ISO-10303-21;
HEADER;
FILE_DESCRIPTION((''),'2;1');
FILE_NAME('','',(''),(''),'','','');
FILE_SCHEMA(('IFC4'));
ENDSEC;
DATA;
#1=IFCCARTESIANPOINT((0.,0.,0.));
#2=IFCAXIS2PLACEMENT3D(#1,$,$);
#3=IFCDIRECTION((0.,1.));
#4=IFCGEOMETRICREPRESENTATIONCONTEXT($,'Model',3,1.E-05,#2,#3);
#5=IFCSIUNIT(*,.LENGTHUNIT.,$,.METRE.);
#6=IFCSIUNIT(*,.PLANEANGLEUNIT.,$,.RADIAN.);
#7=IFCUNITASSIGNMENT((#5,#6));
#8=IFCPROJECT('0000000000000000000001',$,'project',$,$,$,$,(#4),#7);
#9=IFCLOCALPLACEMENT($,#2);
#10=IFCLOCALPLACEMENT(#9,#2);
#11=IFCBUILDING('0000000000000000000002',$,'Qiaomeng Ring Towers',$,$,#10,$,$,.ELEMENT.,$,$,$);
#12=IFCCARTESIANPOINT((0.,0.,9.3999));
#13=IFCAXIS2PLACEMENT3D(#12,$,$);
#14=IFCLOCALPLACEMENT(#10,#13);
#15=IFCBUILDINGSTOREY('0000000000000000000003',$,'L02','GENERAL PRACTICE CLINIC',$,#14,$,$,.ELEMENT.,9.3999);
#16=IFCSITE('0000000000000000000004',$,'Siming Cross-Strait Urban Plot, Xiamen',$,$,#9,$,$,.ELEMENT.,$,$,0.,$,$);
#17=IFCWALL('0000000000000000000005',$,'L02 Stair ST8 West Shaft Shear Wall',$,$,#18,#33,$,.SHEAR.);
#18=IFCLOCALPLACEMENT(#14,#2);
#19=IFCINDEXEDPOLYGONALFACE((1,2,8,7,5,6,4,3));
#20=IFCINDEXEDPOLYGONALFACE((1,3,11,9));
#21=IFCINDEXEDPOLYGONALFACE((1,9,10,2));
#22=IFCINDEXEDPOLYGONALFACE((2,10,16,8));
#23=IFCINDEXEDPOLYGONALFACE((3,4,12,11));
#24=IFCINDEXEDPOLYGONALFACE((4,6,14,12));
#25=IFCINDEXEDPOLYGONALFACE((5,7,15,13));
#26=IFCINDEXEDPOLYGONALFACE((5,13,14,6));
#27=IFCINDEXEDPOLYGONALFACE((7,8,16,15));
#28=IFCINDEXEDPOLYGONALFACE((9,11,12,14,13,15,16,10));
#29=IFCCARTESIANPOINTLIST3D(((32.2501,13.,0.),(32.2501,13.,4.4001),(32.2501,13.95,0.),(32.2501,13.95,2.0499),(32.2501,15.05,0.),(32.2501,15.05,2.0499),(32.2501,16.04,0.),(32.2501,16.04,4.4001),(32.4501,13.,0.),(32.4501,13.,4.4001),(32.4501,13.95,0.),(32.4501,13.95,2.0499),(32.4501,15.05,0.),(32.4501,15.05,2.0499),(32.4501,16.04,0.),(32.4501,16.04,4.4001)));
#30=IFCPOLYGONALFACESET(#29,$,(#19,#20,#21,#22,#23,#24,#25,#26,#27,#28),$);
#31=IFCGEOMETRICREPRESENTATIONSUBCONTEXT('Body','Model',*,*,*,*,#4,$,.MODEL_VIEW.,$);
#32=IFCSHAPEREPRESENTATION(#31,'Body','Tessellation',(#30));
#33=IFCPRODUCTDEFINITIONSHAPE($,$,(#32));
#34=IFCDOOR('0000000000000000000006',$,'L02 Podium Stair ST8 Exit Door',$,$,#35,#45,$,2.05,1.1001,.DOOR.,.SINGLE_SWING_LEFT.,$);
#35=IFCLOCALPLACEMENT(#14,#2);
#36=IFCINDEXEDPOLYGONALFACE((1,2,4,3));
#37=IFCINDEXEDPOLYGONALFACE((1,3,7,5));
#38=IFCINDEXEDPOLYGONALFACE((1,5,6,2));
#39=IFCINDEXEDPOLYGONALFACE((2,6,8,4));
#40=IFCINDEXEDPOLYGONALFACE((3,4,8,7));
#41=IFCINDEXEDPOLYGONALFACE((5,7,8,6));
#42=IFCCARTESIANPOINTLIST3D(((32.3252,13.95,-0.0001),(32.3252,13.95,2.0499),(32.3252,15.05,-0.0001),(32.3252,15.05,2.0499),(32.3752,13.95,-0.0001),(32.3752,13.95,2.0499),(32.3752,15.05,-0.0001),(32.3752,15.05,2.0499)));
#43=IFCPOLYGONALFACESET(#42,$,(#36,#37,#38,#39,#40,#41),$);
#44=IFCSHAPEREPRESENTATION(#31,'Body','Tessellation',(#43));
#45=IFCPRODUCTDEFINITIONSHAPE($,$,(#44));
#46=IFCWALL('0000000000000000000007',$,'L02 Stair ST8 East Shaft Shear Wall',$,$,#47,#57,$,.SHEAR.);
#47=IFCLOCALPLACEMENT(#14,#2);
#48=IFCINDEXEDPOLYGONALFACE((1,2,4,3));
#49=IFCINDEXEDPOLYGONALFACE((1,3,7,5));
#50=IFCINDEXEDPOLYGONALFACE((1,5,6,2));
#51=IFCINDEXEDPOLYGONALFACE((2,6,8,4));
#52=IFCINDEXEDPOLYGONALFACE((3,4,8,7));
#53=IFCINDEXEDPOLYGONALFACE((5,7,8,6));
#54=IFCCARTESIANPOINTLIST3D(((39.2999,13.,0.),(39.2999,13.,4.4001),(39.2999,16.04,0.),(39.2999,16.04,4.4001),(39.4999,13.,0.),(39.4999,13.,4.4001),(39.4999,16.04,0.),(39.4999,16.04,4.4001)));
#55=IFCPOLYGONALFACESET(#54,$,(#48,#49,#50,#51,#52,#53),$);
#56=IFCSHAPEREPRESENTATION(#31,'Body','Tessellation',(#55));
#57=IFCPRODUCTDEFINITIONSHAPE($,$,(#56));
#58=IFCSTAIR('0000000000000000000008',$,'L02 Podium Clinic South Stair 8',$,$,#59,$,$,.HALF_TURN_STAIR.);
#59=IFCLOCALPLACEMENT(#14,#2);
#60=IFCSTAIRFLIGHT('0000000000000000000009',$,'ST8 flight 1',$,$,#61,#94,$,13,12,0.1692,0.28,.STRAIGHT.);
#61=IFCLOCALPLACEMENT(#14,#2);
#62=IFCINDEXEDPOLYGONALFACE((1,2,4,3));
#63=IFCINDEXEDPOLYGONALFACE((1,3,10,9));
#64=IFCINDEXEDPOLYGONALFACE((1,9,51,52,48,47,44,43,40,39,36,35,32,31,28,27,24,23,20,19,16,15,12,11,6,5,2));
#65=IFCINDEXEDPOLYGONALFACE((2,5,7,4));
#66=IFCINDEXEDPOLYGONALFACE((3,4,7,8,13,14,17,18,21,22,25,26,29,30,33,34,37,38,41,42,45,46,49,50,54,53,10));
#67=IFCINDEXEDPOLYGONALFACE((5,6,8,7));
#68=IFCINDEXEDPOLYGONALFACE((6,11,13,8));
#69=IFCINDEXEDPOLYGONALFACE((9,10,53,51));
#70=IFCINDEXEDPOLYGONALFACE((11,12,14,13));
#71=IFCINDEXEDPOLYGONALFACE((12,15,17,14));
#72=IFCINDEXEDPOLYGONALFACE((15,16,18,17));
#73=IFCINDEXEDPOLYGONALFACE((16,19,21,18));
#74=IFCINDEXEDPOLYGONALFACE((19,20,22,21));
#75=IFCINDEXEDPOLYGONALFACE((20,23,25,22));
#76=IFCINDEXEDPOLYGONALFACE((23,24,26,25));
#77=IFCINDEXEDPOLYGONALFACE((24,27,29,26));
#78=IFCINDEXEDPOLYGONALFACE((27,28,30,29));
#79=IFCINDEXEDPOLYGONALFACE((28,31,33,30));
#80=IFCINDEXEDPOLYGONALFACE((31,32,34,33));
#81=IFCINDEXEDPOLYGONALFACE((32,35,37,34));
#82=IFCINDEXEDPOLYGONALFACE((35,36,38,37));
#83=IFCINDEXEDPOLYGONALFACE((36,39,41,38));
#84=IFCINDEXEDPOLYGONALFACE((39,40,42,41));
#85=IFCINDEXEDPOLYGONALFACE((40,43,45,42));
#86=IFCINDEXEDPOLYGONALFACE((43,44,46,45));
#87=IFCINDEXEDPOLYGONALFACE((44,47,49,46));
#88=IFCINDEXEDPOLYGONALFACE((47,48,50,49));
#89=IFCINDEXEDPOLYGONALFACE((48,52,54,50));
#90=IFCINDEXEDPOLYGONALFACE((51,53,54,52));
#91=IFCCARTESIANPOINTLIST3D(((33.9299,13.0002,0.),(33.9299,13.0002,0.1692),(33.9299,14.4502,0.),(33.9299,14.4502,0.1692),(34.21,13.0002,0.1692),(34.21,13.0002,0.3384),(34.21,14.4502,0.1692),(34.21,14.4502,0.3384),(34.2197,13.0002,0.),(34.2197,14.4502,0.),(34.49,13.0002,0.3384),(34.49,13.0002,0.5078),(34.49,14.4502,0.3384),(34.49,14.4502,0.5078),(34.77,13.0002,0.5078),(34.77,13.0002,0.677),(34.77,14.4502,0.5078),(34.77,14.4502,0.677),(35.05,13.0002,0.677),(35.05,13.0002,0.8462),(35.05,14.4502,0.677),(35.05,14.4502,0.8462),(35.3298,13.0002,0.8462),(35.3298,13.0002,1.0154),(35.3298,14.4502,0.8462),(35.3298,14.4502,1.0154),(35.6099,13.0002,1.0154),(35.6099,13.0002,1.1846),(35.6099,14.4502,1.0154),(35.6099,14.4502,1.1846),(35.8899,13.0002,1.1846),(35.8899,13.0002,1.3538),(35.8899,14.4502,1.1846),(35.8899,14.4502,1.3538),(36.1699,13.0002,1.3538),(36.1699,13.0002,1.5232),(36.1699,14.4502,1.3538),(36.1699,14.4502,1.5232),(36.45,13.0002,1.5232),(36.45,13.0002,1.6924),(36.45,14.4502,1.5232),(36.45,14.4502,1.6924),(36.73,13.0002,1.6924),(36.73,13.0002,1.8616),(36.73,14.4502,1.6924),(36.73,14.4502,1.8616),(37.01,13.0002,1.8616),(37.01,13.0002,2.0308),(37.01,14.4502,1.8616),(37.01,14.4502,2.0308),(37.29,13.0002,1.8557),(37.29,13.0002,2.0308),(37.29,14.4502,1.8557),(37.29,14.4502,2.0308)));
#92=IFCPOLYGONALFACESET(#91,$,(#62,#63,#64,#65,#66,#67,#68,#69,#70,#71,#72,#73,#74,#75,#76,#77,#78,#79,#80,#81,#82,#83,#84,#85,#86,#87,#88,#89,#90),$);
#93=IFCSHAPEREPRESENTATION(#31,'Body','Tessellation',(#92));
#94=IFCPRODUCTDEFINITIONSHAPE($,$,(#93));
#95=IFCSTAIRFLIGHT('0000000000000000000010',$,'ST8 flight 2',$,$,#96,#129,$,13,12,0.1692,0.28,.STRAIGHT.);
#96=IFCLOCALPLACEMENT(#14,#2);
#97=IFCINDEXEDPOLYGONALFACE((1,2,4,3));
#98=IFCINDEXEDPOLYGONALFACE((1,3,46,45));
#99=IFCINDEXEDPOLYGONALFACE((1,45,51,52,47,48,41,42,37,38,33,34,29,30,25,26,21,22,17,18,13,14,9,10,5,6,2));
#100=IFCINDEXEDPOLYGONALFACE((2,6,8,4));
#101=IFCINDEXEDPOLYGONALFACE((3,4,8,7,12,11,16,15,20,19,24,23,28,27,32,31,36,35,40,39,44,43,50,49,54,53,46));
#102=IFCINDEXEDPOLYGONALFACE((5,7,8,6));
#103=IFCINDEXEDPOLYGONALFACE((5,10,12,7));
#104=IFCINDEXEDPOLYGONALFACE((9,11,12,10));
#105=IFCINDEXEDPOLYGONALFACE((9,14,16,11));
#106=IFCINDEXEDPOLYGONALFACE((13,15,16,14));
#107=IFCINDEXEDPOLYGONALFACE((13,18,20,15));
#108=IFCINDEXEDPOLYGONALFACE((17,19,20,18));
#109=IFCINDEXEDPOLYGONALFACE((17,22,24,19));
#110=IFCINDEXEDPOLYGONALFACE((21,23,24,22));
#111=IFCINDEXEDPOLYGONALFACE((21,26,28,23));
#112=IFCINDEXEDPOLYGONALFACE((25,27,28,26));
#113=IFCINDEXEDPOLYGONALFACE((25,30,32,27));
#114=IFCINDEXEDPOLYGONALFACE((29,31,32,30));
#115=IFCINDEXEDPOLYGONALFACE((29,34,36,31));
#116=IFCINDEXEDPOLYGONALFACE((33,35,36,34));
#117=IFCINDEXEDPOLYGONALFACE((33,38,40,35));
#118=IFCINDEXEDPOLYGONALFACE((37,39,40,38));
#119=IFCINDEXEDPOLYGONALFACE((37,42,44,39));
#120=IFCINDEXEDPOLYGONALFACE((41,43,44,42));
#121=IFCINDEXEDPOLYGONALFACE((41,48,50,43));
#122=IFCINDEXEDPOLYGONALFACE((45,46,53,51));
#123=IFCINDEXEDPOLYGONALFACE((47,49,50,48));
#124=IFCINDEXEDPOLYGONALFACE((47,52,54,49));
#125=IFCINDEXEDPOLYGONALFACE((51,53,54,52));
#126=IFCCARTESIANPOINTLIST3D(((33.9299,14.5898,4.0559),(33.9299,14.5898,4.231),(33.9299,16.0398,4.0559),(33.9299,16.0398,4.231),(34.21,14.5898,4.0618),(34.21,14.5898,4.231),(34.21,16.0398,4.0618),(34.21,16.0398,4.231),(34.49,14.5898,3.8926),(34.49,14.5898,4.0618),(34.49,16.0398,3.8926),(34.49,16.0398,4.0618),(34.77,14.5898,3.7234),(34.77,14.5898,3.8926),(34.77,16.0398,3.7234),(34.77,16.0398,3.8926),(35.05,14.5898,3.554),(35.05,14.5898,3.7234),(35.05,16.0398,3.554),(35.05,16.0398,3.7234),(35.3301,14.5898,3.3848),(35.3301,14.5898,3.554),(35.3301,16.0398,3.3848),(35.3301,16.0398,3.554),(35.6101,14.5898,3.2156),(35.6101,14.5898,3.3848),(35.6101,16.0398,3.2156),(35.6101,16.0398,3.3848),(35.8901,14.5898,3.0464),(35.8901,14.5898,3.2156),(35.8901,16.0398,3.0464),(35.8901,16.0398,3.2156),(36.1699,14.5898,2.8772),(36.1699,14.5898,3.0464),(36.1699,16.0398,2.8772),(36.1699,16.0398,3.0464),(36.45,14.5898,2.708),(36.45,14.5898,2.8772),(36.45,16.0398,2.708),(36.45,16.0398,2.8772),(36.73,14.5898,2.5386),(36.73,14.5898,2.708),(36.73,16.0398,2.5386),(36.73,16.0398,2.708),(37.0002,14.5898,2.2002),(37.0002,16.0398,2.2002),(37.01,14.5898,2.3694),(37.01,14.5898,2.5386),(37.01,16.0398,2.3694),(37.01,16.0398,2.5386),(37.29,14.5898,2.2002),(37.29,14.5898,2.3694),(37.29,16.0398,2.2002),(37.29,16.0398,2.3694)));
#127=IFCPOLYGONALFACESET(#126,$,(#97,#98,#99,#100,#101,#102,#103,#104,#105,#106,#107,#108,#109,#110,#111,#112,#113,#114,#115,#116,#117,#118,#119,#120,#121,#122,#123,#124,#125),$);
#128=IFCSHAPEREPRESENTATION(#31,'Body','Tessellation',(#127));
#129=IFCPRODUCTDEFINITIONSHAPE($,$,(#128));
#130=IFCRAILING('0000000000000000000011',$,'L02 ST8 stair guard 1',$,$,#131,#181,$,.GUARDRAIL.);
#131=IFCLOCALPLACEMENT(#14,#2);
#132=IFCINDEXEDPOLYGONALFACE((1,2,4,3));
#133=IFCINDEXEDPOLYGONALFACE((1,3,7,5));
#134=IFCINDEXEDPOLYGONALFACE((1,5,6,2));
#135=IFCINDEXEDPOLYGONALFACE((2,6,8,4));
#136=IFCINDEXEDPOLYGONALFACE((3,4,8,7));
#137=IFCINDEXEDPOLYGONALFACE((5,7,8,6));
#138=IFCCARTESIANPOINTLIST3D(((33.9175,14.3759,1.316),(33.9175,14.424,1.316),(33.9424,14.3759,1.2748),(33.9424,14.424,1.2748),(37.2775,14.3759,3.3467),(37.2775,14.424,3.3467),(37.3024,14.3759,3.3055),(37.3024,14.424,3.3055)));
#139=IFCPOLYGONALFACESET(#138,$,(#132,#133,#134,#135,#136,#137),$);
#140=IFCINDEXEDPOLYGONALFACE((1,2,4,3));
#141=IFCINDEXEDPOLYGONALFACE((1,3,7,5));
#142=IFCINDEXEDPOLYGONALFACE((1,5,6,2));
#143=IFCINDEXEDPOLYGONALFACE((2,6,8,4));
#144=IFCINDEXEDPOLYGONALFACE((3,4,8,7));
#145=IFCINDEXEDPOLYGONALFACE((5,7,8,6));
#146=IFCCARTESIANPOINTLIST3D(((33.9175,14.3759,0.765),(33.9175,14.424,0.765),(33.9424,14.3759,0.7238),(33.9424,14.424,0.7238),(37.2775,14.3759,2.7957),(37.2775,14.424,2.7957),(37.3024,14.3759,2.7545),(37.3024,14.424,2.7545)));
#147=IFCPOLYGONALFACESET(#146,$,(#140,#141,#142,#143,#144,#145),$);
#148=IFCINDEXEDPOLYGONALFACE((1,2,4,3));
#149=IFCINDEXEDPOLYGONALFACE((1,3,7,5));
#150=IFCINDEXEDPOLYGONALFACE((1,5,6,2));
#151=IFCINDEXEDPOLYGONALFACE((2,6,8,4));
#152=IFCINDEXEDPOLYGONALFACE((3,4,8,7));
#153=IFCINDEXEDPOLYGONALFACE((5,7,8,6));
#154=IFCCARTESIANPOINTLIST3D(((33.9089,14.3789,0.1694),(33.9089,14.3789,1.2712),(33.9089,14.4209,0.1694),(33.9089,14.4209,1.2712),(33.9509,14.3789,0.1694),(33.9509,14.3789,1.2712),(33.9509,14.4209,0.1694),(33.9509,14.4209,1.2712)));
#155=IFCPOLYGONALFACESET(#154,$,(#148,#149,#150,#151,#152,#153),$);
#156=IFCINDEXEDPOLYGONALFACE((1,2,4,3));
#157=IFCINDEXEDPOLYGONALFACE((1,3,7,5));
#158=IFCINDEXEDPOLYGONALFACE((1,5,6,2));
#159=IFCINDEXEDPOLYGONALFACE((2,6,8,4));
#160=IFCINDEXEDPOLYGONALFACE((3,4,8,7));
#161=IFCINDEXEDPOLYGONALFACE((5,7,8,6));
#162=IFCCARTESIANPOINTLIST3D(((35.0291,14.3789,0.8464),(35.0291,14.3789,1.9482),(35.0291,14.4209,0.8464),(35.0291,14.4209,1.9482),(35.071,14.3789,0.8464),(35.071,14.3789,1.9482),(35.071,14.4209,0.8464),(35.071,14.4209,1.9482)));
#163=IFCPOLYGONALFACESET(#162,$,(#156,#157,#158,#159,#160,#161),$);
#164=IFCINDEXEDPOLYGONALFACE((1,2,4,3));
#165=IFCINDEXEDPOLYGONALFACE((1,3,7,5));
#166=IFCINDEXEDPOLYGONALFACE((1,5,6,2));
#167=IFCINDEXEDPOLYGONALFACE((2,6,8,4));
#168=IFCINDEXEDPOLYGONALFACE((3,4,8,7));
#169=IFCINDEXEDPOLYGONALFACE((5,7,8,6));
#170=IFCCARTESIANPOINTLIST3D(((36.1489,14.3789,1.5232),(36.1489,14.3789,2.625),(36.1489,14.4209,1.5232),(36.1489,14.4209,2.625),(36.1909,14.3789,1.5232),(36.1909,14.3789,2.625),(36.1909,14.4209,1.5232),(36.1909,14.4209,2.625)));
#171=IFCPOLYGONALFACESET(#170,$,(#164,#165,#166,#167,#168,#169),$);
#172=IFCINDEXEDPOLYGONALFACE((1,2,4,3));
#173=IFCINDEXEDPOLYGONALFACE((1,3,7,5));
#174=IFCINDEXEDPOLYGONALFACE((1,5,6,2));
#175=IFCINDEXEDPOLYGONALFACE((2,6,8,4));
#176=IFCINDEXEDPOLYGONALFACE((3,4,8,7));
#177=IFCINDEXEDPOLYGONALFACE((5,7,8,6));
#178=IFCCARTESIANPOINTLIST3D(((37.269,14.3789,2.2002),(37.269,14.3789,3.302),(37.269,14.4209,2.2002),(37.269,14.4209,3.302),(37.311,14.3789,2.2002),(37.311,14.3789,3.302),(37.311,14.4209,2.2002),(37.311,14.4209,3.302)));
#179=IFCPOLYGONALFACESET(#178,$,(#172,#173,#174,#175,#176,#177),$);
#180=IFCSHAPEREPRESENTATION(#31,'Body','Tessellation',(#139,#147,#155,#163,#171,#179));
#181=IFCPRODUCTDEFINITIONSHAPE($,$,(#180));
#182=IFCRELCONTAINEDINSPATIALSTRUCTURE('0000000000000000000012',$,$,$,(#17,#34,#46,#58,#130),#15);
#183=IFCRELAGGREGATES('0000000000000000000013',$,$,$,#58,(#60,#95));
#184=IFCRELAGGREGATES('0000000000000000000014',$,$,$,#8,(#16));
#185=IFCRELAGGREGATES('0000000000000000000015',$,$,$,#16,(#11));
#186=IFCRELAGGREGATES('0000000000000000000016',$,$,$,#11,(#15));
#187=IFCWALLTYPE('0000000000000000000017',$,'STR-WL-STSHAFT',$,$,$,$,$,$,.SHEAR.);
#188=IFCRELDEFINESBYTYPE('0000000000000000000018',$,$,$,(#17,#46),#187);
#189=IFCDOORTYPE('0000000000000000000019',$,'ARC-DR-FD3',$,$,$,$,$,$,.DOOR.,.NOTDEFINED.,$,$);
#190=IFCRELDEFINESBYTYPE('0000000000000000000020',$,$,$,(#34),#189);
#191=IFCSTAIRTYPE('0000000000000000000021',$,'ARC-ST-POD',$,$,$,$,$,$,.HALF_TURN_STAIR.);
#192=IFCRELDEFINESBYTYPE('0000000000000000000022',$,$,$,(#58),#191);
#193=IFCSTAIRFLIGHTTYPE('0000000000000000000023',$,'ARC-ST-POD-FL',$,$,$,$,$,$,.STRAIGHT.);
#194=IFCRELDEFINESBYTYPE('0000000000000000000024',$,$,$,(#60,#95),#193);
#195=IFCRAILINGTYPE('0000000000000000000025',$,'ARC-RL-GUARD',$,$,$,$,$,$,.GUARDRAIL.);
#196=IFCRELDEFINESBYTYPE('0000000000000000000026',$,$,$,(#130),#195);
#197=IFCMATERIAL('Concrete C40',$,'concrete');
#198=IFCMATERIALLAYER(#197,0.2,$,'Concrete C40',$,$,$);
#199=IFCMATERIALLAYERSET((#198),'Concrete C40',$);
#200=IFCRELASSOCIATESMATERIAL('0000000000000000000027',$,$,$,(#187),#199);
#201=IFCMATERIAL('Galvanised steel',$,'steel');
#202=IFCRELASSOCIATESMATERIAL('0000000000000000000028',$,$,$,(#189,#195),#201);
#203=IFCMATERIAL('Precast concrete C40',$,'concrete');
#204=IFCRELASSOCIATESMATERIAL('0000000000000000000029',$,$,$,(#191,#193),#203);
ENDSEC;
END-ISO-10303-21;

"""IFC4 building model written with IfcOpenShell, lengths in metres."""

from ifc_helpers import new_model, si_unit, direction, frame, frame_2d, origin, origin_2d, place, context, subcontext, project, spatial, polyline, rectangle, outline, extrude, source, transform, mapped, material, layer, layer_set, type_object, element, fill, aggregate, save


model = new_model("IFC4")

# Units and contexts
model_context = context("Model", 3, precision=1e-05, world=origin(), true_north=direction((0.0, 1.0)))
body_context = subcontext(model_context, "Body", "Model", "MODEL_VIEW")
ifc_project = project(units=[si_unit("LENGTHUNIT", "METRE"), si_unit("PLANEANGLEUNIT", "RADIAN")], contexts=[model_context])

# Site, building, storey
site_placement = place(None, origin())
site = spatial("IfcSite", under=ifc_project, at=site_placement, Name="Siming Cross-Strait Urban Plot, Xiamen", CompositionType="ELEMENT", RefElevation=0.0)
building_placement = place(site_placement, origin())
building = spatial("IfcBuilding", under=site, at=building_placement, Name="Qiaomeng Ring Towers", CompositionType="ELEMENT")
storey_placement = place(building_placement, frame((0.0, 0.0, 9.3999)))
storey = spatial("IfcBuildingStorey", under=building, at=storey_placement, Name="L02", Description="GENERAL PRACTICE CLINIC", CompositionType="ELEMENT", Elevation=9.3999)

# Wall, opening, door
ifc_material_1 = material(Name="Concrete C40", Category="concrete")
ifc_layer_1 = layer(ifc_material_1, 0.2, Name="Concrete C40")
ifc_layer_set_1 = layer_set([ifc_layer_1], Name="Concrete C40")
wall_type_1 = type_object("IfcWallType", Name="STR-WL-STSHAFT", PredefinedType="SHEAR", material=ifc_layer_set_1)
wall_1_placement = place(storey_placement, frame((32.3501, 13.0, 0.0), z_axis=(0.0, 0.0, 1.0), x_axis=(0.0, 1.0, 0.0)))
wall_1 = element("IfcWall", 1, at=wall_1_placement, inside=storey, type_object=wall_type_1, Name="L02 Stair ST8 West Shaft Shear Wall", PredefinedType="SHEAR", context=body_context, shape_type="SweptSolid", body=[
    extrude(rectangle(XDim=3.04, YDim=0.2, at=frame_2d((1.52, 0.0))), origin(), (0.0, 0.0, 1.0), 4.4001),
])
opening_1_placement = place(wall_1_placement, frame((0.95, 0.0, 0.0)))
opening_1 = element("IfcOpeningElement", 2, at=opening_1_placement, cuts=wall_1, PredefinedType="OPENING", context=body_context, shape_type="SweptSolid", body=[
    extrude(rectangle(XDim=1.1001, YDim=2.05, at=frame_2d((0.55, 1.0249))), frame((0.0, 0.1099, 0.0), z_axis=(0.0, -1.0, 0.0), x_axis=(1.0, 0.0, 0.0)), (0.0, 0.0, 1.0), 0.22),
])
ifc_material_2 = material(Name="Galvanised steel", Category="steel")
door_type_1 = type_object("IfcDoorType", Name="ARC-DR-FD3", OperationType="NOTDEFINED", PredefinedType="DOOR", material=ifc_material_2)
shared_shape_1 = source(origin(), body_context, "Body", "SweptSolid", [
    extrude(rectangle(XDim=1.1001, YDim=2.05, at=frame_2d((0.55, 1.0249))), frame((0.0, 0.0249, 0.0), z_axis=(0.0, -1.0, 0.0), x_axis=(1.0, 0.0, 0.0)), (0.0, 0.0, 1.0), 0.05),
])
door_1_placement = place(opening_1_placement, origin())
door_1 = element("IfcDoor", 3, at=door_1_placement, inside=storey, type_object=door_type_1, Name="L02 Podium Stair ST8 Exit Door", OperationType="SINGLE_SWING_LEFT", OverallHeight=2.05, OverallWidth=1.1001, PredefinedType="DOOR", context=body_context, shape_type="MappedRepresentation", body=[
    mapped(shared_shape_1, transform((0.0, 0.0, 0.0), x_axis=(1.0, 0.0, 0.0), y_axis=(0.0, 1.0, 0.0), z_axis=(0.0, 0.0, 1.0), scale=1.0)),
])
fill(opening_1, door_1)

# Wall
wall_2_placement = place(storey_placement, frame((39.3999, 13.0, 0.0), z_axis=(0.0, 0.0, 1.0), x_axis=(0.0, 1.0, 0.0)))
element("IfcWall", 4, at=wall_2_placement, inside=storey, type_object=wall_type_1, Name="L02 Stair ST8 East Shaft Shear Wall", PredefinedType="SHEAR", context=body_context, shape_type="SweptSolid", body=[
    extrude(rectangle(XDim=3.04, YDim=0.2, at=frame_2d((1.52, 0.0))), origin(), (0.0, 0.0, 1.0), 4.4001),
])

# Stair, stair flights
ifc_material_3 = material(Name="Precast concrete C40", Category="concrete")
stair_type = type_object("IfcStairType", Name="ARC-ST-POD", PredefinedType="HALF_TURN_STAIR", material=ifc_material_3)
stair_placement = place(storey_placement, origin())
stair = element("IfcStair", 5, at=stair_placement, inside=storey, type_object=stair_type, Name="L02 Podium Clinic South Stair 8", PredefinedType="HALF_TURN_STAIR")
stair_flight_type = type_object("IfcStairFlightType", Name="ARC-ST-POD-FL", PredefinedType="STRAIGHT", material=ifc_material_3)
shared_shape_2 = source(origin(), body_context, "Body", "SweptSolid", [
    extrude(outline(polyline([(0.0, 0.0), (0.0, 0.1692), (0.28, 0.1692), (0.28, 0.3384), (0.5601, 0.3384), (0.5601, 0.5078), (0.8401, 0.5078), (0.8401, 0.677), (1.1201, 0.677), (1.1201, 0.8462), (1.3999, 0.8462), (1.3999, 1.0154), (1.6799, 1.0154), (1.6799, 1.1846), (1.96, 1.1846), (1.96, 1.3538), (2.24, 1.3538), (2.24, 1.5232), (2.52, 1.5232), (2.52, 1.6924), (2.8, 1.6924), (2.8, 1.8616), (3.0801, 1.8616), (3.0801, 2.0308), (3.3601, 2.0308), (3.3601, 2.2), (3.3601, 1.8557), (0.2898, 0.0), (0.0, 0.0)])), frame((0.0, 0.7251, 0.0), z_axis=(0.0, -1.0, 0.0), x_axis=(1.0, 0.0, 0.0)), (0.0, 0.0, 1.0), 1.45),
])
stair_flight_1_placement = place(storey_placement, frame((33.9299, 13.7251, 0.0), z_axis=(0.0, 0.0, 1.0), x_axis=(1.0, 0.0, 0.0)))
stair_flight_1 = element("IfcStairFlight", 6, at=stair_flight_1_placement, type_object=stair_flight_type, Name="ST8 flight 1", NumberOfRisers=13, NumberOfTreads=12, PredefinedType="STRAIGHT", RiserHeight=0.1692, TreadLength=0.28, context=body_context, shape_type="MappedRepresentation", body=[
    mapped(shared_shape_2, transform((0.0, 0.0, 0.0), x_axis=(1.0, 0.0, 0.0), y_axis=(0.0, 1.0, 0.0), z_axis=(0.0, 0.0, 1.0), scale=1.0)),
])
stair_flight_2_placement = place(storey_placement, frame((37.29, 15.3149, 2.2002), z_axis=(0.0, 0.0, 1.0), x_axis=(-1.0, 0.0, 0.0)))
stair_flight_2 = element("IfcStairFlight", 7, at=stair_flight_2_placement, type_object=stair_flight_type, Name="ST8 flight 2", NumberOfRisers=13, NumberOfTreads=12, PredefinedType="STRAIGHT", RiserHeight=0.1692, TreadLength=0.28, context=body_context, shape_type="MappedRepresentation", body=[
    mapped(shared_shape_2, transform((0.0, 0.0, 0.0), x_axis=(1.0, 0.0, 0.0), y_axis=(0.0, 1.0, 0.0), z_axis=(0.0, 0.0, 1.0), scale=1.0)),
])
aggregate(stair, [stair_flight_1, stair_flight_2])

# Railing
railing_type_1 = type_object("IfcRailingType", Name="ARC-RL-GUARD", PredefinedType="GUARDRAIL", material=ifc_material_2)
railing_1_placement = place(storey_placement, frame((33.9299, 14.3999, 0.1694)))
element("IfcRailing", 8, at=railing_1_placement, inside=storey, type_object=railing_type_1, Name="L02 ST8 stair guard 1", PredefinedType="GUARDRAIL", context=body_context, shape_type="SweptSolid", body=[
    extrude(rectangle(XDim=0.0481, YDim=0.0481, at=origin_2d()), frame((0.0, 0.0, 1.126), z_axis=(0.855837, 0.0, 0.517246), x_axis=(0.0, 1.0, 0.0)), (0.0, 0.0, 1.0), 3.926),
    extrude(rectangle(XDim=0.0481, YDim=0.0481, at=origin_2d()), frame((0.0, 0.0, 0.575), z_axis=(0.855837, 0.0, 0.517246), x_axis=(0.0, 1.0, 0.0)), (0.0, 0.0, 1.0), 3.926),
    extrude(rectangle(XDim=0.042, YDim=0.042, at=origin_2d()), origin(), (0.0, 0.0, 1.0), 1.1018),
    extrude(rectangle(XDim=0.042, YDim=0.042, at=origin_2d()), frame((1.1201, 0.0, 0.677)), (0.0, 0.0, 1.0), 1.1018),
    extrude(rectangle(XDim=0.042, YDim=0.042, at=origin_2d()), frame((2.24, 0.0, 1.3538)), (0.0, 0.0, 1.0), 1.1018),
    extrude(rectangle(XDim=0.042, YDim=0.042, at=origin_2d()), frame((3.3601, 0.0, 2.0308)), (0.0, 0.0, 1.0), 1.1018),
])

save(model, "model.ifc")
